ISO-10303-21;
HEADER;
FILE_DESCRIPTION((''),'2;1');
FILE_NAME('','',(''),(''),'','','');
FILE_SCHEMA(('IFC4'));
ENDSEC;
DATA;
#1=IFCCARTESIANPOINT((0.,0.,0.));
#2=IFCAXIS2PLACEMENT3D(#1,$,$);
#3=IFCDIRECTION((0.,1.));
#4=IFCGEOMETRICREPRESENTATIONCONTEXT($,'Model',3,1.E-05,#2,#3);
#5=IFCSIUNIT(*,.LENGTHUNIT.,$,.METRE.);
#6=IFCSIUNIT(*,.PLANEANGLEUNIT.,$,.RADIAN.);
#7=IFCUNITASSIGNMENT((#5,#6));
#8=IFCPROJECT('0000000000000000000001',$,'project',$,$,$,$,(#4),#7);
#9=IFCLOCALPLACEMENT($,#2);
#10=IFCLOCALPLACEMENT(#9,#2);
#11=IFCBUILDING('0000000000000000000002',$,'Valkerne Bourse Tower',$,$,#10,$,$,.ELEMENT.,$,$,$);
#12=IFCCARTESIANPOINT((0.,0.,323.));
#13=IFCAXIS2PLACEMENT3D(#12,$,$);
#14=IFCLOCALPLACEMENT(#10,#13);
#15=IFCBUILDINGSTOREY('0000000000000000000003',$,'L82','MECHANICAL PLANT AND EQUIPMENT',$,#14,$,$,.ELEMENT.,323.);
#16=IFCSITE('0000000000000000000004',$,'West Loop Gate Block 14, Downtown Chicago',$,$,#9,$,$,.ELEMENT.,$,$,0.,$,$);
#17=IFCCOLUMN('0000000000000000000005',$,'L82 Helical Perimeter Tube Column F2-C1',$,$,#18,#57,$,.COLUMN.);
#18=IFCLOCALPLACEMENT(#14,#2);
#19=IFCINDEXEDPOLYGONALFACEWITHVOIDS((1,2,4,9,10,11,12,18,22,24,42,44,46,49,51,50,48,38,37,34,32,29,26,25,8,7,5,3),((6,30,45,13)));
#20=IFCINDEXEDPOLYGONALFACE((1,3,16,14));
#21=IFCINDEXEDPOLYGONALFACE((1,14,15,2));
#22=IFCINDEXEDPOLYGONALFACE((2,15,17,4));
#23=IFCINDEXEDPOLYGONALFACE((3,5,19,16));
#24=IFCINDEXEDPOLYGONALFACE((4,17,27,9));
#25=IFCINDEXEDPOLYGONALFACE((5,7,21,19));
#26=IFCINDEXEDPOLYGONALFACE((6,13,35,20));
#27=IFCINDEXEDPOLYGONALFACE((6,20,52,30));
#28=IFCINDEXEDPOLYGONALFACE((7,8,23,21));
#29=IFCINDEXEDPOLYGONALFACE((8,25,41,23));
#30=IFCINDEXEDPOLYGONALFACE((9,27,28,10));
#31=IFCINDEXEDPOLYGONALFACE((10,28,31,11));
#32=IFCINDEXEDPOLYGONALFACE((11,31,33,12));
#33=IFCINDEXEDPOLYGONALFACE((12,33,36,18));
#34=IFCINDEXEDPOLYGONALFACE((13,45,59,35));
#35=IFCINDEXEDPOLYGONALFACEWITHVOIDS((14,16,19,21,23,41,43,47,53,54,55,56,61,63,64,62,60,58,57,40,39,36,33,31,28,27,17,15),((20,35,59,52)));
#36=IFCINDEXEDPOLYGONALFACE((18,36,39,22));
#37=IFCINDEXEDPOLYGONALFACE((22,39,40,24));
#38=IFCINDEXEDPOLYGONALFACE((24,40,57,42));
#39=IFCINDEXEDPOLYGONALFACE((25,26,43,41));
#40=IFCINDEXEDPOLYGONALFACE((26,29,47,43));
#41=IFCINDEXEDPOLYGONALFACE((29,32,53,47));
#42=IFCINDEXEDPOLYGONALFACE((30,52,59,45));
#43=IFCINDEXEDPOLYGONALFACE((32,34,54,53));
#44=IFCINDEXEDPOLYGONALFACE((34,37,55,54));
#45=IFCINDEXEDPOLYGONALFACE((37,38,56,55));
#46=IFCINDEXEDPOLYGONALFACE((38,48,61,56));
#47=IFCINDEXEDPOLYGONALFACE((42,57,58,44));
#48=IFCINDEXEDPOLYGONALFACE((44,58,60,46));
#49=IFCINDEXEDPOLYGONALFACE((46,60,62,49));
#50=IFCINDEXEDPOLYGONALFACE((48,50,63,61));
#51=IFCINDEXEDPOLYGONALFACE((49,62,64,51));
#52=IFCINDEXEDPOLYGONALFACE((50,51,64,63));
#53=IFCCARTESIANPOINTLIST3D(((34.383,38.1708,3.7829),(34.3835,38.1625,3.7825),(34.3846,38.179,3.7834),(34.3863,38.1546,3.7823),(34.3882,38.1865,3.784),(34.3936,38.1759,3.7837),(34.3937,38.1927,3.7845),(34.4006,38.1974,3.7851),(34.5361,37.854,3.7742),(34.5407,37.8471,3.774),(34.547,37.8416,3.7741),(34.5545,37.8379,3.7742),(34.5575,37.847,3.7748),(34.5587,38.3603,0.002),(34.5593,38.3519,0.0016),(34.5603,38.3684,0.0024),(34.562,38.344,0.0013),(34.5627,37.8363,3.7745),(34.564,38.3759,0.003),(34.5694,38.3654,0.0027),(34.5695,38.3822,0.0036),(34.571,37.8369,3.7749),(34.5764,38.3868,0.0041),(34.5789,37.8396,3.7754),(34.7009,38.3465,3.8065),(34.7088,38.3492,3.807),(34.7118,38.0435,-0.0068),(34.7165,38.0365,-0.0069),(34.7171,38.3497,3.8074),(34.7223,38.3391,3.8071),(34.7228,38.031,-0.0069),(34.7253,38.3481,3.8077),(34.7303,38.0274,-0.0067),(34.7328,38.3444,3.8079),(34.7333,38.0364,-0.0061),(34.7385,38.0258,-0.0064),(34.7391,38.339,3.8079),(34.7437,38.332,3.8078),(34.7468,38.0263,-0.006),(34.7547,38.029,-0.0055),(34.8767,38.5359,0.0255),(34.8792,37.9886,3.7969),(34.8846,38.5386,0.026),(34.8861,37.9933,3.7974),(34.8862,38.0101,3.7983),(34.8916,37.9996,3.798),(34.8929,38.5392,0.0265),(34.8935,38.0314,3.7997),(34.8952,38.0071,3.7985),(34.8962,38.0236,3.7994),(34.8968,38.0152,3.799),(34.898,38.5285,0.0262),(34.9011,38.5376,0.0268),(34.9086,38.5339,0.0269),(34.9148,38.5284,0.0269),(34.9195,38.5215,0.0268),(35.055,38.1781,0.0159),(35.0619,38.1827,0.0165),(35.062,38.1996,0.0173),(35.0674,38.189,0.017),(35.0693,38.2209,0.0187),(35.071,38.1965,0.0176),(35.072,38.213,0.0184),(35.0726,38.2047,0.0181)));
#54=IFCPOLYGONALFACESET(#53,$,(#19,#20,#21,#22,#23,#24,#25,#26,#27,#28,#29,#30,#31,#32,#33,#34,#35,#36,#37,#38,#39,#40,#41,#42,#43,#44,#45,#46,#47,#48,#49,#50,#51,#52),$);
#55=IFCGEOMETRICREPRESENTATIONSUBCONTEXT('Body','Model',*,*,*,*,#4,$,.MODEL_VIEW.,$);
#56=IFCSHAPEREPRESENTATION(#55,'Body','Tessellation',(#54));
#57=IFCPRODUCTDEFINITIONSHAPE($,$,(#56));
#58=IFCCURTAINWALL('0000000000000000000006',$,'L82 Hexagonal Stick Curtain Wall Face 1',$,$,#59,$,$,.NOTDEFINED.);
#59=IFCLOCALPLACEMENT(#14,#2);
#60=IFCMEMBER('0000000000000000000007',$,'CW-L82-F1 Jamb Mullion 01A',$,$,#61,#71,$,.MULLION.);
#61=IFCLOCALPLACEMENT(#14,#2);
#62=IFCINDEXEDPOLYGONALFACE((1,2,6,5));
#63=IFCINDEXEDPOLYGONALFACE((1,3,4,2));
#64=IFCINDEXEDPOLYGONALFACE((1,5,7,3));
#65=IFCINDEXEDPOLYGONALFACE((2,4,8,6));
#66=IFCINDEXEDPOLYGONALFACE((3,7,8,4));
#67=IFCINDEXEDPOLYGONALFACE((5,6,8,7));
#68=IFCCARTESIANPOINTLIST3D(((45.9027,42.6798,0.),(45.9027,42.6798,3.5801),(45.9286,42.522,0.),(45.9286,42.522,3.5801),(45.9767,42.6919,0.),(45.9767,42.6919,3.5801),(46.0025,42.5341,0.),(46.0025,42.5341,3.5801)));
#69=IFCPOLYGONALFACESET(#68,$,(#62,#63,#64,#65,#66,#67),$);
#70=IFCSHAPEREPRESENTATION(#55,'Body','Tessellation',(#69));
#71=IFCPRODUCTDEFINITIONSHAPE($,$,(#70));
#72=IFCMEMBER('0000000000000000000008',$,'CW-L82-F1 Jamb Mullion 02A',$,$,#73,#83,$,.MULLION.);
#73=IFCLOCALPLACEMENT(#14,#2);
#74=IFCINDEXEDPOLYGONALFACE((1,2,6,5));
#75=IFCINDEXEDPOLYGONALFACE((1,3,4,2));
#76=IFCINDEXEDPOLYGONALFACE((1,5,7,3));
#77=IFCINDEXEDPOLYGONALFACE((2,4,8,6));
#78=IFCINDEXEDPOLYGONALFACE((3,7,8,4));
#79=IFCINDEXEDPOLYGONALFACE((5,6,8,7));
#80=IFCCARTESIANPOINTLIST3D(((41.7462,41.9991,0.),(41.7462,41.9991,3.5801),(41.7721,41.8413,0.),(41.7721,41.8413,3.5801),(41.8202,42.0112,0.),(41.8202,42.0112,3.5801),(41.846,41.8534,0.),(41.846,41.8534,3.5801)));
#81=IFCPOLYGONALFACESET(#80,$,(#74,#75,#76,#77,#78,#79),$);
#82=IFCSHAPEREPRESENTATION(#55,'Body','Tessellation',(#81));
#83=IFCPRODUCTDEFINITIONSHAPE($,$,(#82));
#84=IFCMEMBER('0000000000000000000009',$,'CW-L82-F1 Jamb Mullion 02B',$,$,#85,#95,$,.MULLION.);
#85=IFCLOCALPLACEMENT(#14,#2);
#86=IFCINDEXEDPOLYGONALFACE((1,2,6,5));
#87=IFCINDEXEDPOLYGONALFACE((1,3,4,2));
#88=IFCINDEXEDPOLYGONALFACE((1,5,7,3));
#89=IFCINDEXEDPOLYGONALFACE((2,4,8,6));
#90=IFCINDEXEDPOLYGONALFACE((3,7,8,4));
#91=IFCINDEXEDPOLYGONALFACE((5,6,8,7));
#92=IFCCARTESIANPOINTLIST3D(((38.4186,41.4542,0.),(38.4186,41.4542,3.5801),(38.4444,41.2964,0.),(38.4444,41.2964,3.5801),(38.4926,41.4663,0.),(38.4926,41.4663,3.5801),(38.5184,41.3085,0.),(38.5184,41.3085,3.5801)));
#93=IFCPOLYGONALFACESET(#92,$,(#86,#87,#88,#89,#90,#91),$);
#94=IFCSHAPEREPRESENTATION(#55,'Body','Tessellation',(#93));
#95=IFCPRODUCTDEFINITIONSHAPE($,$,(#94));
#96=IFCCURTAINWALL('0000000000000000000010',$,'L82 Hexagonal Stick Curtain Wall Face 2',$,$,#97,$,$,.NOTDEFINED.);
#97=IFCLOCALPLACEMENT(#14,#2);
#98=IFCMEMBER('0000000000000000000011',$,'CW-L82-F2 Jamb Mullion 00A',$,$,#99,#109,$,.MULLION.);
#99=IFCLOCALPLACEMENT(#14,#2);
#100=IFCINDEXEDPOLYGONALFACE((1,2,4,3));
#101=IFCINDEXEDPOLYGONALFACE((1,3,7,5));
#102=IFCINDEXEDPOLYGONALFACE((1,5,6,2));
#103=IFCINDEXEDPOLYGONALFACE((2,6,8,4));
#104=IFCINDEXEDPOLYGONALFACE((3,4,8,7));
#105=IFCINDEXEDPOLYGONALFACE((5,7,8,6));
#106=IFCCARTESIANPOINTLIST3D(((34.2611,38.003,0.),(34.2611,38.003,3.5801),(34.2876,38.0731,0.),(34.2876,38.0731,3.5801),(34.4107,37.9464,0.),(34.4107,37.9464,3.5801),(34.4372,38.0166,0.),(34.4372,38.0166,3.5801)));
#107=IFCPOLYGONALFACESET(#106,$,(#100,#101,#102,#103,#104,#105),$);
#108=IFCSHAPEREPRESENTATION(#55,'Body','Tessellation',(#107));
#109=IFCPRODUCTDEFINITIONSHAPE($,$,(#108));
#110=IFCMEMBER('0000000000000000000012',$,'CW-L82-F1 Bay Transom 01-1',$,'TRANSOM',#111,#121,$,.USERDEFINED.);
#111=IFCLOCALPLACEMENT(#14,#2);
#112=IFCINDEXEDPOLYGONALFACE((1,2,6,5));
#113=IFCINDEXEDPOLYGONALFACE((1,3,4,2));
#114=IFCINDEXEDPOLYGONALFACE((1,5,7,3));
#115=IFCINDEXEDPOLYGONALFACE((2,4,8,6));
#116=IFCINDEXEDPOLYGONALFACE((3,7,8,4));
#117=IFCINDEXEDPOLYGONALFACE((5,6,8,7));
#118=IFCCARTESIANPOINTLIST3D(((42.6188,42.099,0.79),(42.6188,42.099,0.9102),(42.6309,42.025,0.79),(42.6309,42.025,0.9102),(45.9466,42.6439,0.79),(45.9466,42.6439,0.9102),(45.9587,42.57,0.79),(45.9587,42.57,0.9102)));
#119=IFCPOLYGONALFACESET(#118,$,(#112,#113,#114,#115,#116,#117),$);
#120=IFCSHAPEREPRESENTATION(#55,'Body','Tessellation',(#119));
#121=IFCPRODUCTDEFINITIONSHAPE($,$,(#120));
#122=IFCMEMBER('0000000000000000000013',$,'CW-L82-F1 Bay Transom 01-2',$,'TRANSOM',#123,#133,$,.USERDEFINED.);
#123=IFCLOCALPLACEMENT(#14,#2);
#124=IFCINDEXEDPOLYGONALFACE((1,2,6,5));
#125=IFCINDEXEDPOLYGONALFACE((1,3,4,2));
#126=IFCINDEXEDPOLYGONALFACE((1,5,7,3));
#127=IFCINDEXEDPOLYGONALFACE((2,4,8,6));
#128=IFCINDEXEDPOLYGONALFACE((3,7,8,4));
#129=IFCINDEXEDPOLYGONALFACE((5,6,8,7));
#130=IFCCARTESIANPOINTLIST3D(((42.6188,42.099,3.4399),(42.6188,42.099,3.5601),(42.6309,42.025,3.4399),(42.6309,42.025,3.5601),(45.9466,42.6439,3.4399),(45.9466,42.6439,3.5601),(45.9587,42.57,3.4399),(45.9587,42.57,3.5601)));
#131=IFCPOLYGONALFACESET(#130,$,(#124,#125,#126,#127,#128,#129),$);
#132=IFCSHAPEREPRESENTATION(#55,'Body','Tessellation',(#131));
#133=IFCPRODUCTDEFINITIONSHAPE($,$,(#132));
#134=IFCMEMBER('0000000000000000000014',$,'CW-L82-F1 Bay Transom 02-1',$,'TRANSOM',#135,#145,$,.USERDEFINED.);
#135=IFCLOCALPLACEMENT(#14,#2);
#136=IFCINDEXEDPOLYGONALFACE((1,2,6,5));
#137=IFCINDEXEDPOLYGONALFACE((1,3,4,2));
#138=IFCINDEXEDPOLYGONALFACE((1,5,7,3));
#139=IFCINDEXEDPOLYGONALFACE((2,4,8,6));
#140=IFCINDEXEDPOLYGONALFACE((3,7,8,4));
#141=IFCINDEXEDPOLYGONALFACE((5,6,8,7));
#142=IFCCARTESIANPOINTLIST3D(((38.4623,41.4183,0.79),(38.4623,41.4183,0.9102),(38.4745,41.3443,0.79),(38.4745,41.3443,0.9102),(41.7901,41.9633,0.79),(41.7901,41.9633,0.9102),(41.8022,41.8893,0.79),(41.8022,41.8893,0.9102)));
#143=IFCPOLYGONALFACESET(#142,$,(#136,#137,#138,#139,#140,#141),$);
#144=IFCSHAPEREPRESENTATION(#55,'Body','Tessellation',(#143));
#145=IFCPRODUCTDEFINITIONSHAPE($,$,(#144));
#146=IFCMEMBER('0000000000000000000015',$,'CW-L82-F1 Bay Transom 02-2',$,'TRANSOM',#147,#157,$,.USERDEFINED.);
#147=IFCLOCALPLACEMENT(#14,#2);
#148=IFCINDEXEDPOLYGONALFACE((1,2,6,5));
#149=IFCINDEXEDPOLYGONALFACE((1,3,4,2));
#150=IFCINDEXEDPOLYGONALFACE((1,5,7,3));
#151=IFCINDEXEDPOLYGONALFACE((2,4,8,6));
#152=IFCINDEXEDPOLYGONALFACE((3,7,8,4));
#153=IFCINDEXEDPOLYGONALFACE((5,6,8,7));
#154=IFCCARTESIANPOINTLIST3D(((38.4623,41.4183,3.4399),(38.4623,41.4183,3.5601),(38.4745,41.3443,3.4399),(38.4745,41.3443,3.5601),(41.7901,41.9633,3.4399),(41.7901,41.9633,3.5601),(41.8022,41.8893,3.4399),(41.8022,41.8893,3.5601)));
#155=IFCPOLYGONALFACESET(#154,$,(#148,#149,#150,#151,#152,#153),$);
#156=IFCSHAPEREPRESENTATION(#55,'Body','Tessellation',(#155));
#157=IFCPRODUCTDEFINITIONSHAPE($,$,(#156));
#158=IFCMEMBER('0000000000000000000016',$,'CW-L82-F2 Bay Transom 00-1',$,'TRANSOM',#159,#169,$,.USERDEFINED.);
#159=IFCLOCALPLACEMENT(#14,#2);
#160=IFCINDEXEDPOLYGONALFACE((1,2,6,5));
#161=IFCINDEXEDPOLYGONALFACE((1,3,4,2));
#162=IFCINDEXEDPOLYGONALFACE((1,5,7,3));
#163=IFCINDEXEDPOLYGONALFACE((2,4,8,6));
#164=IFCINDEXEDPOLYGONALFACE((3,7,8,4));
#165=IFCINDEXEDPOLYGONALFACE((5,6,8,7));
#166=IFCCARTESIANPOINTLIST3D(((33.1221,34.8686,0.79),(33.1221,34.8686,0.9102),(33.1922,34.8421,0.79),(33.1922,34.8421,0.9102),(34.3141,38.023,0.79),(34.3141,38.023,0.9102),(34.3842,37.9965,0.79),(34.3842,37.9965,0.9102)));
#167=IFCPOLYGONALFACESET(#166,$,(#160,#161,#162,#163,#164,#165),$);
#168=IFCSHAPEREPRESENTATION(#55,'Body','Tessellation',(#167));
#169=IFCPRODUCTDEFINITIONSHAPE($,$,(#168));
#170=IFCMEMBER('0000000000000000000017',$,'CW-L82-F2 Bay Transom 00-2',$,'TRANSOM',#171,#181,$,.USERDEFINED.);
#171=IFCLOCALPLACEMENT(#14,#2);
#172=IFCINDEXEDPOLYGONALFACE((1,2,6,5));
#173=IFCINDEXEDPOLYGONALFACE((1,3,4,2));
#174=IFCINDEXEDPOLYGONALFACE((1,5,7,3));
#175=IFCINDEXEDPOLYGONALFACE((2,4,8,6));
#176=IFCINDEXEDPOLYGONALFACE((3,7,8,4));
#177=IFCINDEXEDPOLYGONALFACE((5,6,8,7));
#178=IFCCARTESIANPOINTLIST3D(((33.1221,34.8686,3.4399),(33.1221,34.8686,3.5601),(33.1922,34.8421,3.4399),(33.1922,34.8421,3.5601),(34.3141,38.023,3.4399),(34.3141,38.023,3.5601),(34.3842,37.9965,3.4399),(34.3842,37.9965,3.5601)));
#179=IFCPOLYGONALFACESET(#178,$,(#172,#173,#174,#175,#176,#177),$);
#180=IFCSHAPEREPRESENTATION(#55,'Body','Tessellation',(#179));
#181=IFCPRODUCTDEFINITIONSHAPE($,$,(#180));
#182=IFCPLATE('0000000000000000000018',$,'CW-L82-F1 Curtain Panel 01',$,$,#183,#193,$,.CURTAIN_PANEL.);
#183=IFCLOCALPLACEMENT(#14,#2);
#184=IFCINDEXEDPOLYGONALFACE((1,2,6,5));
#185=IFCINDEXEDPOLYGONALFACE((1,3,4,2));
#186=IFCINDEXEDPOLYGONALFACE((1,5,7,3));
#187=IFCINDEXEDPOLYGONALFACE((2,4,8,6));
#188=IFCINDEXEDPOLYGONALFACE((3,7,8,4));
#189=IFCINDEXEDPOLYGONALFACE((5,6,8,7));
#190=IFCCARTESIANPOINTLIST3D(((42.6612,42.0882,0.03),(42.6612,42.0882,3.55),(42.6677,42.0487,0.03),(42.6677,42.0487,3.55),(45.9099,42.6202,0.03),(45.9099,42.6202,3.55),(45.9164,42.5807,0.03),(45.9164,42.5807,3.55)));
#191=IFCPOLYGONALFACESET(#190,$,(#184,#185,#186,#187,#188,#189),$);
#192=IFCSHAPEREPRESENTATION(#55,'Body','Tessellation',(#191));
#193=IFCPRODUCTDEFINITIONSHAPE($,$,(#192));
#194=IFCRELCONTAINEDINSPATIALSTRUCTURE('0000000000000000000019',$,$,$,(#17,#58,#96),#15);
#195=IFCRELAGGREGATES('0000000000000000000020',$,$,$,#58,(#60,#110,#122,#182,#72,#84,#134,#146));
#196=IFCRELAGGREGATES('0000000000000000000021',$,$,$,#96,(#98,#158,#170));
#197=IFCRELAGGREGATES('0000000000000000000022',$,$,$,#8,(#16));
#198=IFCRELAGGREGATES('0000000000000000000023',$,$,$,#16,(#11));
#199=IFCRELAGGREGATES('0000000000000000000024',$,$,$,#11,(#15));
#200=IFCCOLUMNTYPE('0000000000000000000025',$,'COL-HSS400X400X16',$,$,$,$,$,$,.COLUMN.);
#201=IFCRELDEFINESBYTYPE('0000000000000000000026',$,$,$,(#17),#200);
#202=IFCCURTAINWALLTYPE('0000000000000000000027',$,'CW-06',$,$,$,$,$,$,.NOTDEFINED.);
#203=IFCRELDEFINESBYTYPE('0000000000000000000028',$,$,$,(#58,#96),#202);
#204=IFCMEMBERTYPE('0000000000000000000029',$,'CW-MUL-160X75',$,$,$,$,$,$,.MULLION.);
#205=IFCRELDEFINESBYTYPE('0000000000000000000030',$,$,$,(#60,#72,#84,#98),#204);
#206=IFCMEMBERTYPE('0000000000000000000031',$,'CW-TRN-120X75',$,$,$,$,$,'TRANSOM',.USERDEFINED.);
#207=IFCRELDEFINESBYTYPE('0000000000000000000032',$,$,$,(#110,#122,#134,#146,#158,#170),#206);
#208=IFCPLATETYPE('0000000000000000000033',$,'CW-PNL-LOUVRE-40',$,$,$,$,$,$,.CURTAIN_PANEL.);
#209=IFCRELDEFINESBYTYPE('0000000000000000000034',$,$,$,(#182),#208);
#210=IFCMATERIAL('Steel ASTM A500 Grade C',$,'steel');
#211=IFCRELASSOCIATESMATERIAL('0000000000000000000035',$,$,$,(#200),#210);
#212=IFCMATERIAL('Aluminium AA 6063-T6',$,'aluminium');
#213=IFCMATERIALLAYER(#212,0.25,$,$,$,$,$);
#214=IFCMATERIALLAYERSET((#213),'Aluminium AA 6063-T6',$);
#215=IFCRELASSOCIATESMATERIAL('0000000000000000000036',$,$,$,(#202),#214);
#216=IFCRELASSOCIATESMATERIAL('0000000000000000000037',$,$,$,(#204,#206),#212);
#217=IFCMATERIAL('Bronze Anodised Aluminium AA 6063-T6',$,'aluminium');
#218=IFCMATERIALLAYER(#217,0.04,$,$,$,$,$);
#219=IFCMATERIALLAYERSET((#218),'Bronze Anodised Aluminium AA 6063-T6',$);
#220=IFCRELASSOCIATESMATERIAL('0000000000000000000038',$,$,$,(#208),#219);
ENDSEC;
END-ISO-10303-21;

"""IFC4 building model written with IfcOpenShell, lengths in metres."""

from ifc_helpers import new_model, si_unit, direction, frame, origin, origin_2d, place, context, subcontext, project, spatial, rectangle, hollow_rectangle, extrude, material, layer, layer_set, material_profile, profile_set, type_object, element, aggregate, save


model = new_model("IFC4")

# Units and contexts
model_context = context("Model", 3, precision=1e-05, world=origin(), true_north=direction((0.0, 1.0)))
body_context = subcontext(model_context, "Body", "Model", "MODEL_VIEW")
ifc_project = project(units=[si_unit("LENGTHUNIT", "METRE"), si_unit("PLANEANGLEUNIT", "RADIAN")], contexts=[model_context])

# Site, building, storey
site_placement = place(None, origin())
site = spatial("IfcSite", under=ifc_project, at=site_placement, Name="West Loop Gate Block 14, Downtown Chicago", CompositionType="ELEMENT", RefElevation=0.0)
building_placement = place(site_placement, origin())
building = spatial("IfcBuilding", under=site, at=building_placement, Name="Valkerne Bourse Tower", CompositionType="ELEMENT")
storey_placement = place(building_placement, frame((0.0, 0.0, 323.0)))
storey = spatial("IfcBuildingStorey", under=building, at=storey_placement, Name="L82", Description="MECHANICAL PLANT AND EQUIPMENT", CompositionType="ELEMENT", Elevation=323.0)

# Column
ifc_material_1 = material(Name="Steel ASTM A500 Grade C", Category="steel")
ifc_material_profile_1 = material_profile(ifc_material_1, hollow_rectangle(XDim=0.3999, YDim=0.3999, WallThickness=0.0161, OuterFilletRadius=0.032, at=origin_2d()), Name="HSS400X400X16")
ifc_profile_set_1 = profile_set([ifc_material_profile_1], Name="Steel ASTM A500 Grade C")
column_type = type_object("IfcColumnType", Name="COL-HSS400X400X16", PredefinedType="COLUMN", material=ifc_profile_set_1)
for number, where, z_axis, x_axis, name in (
    (1, (34.8157, 38.2825, 0.01), (-0.046382, -0.04999, 0.997672), (-0.893891, -0.443723, -0.063791), "L82 Helical Perimeter Tube Column F2-C1"),
):
    element("IfcColumn", number, at=place(storey_placement, frame(where, z_axis=z_axis, x_axis=x_axis)), inside=storey, type_object=column_type, Name=name, PredefinedType="COLUMN", context=body_context, shape_type="SweptSolid", body=[
        extrude(hollow_rectangle(XDim=0.3999, YDim=0.3999, WallThickness=0.0161, OuterFilletRadius=0.032, at=origin_2d()), origin(), (0.0, 0.0, 1.0), 3.7898),
    ])

# Curtain wall, members
ifc_material_2 = material(Name="Aluminium AA 6063-T6", Category="aluminium")
ifc_layer_1 = layer(ifc_material_2, 0.25)
ifc_layer_set_1 = layer_set([ifc_layer_1], Name="Aluminium AA 6063-T6")
curtain_wall_type = type_object("IfcCurtainWallType", Name="CW-06", PredefinedType="NOTDEFINED", material=ifc_layer_set_1)
curtain_wall_1_placement = place(storey_placement, origin())
curtain_wall_1 = element("IfcCurtainWall", 2, at=curtain_wall_1_placement, inside=storey, type_object=curtain_wall_type, Name="L82 Hexagonal Stick Curtain Wall Face 1", PredefinedType="NOTDEFINED")
ifc_material_profile_2 = material_profile(ifc_material_2, rectangle(XDim=0.075, YDim=0.1599, at=origin_2d()), Name="CWM-75X160")
ifc_profile_set_2 = profile_set([ifc_material_profile_2], Name="Aluminium AA 6063-T6")
member_type_1 = type_object("IfcMemberType", Name="CW-MUL-160X75", PredefinedType="MULLION", material=ifc_profile_set_2)
member_1_placement = place(storey_placement, frame((45.9526, 42.6069, 0.0), z_axis=(0.0, 0.0, 1.0), x_axis=(-0.986855, -0.161611, 0.0)))
member_1 = element("IfcMember", 3, at=member_1_placement, type_object=member_type_1, Name="CW-L82-F1 Jamb Mullion 01A", PredefinedType="MULLION", context=body_context, shape_type="SweptSolid", body=[
    extrude(rectangle(XDim=0.075, YDim=0.1599, at=origin_2d()), origin(), (0.0, 0.0, 1.0), 3.5801),
])
member_2_placement = place(storey_placement, frame((41.7961, 41.9263, 0.0), z_axis=(0.0, 0.0, 1.0), x_axis=(-0.986858, -0.161588, 0.0)))
member_2 = element("IfcMember", 4, at=member_2_placement, type_object=member_type_1, Name="CW-L82-F1 Jamb Mullion 02A", PredefinedType="MULLION", context=body_context, shape_type="SweptSolid", body=[
    extrude(rectangle(XDim=0.075, YDim=0.1599, at=origin_2d()), origin(), (0.0, 0.0, 1.0), 3.5801),
])
member_3_placement = place(storey_placement, frame((38.4685, 41.3813, 0.0), z_axis=(0.0, 0.0, 1.0), x_axis=(-0.986858, -0.161588, 0.0)))
member_3 = element("IfcMember", 5, at=member_3_placement, type_object=member_type_1, Name="CW-L82-F1 Jamb Mullion 02B", PredefinedType="MULLION", context=body_context, shape_type="SweptSolid", body=[
    extrude(rectangle(XDim=0.075, YDim=0.1599, at=origin_2d()), origin(), (0.0, 0.0, 1.0), 3.5801),
])

# Curtain wall, member
curtain_wall_2_placement = place(storey_placement, origin())
curtain_wall_2 = element("IfcCurtainWall", 6, at=curtain_wall_2_placement, inside=storey, type_object=curtain_wall_type, Name="L82 Hexagonal Stick Curtain Wall Face 2", PredefinedType="NOTDEFINED")
member_4_placement = place(storey_placement, frame((34.3491, 38.0098, 0.0), z_axis=(0.0, 0.0, 1.0), x_axis=(-0.353487, -0.935439, 0.0)))
member_4 = element("IfcMember", 7, at=member_4_placement, type_object=member_type_1, Name="CW-L82-F2 Jamb Mullion 00A", PredefinedType="MULLION", context=body_context, shape_type="SweptSolid", body=[
    extrude(rectangle(XDim=0.075, YDim=0.1599, at=origin_2d()), origin(), (0.0, 0.0, 1.0), 3.5801),
])

# Members
ifc_material_profile_3 = material_profile(ifc_material_2, rectangle(XDim=0.075, YDim=0.1201, at=origin_2d()), Name="CWT-75X120")
ifc_profile_set_3 = profile_set([ifc_material_profile_3], Name="Aluminium AA 6063-T6")
member_type_2 = type_object("IfcMemberType", Name="CW-TRN-120X75", ElementType="TRANSOM", PredefinedType="USERDEFINED", material=ifc_profile_set_3)
member_5_placement = place(storey_placement, frame((45.9526, 42.6069, 0.8501), z_axis=(-0.986856, -0.161604, 0.0), x_axis=(0.161604, -0.986856, 0.0)))
member_5 = element("IfcMember", 8, at=member_5_placement, type_object=member_type_2, Name="CW-L82-F1 Bay Transom 01-1", ObjectType="TRANSOM", PredefinedType="USERDEFINED", context=body_context, shape_type="SweptSolid", body=[
    extrude(rectangle(XDim=0.075, YDim=0.1201, at=origin_2d()), origin(), (0.0, 0.0, 1.0), 3.3721),
])
member_6_placement = place(storey_placement, frame((45.9526, 42.6069, 3.5), z_axis=(-0.986856, -0.161604, 0.0), x_axis=(0.161604, -0.986856, 0.0)))
member_6 = element("IfcMember", 9, at=member_6_placement, type_object=member_type_2, Name="CW-L82-F1 Bay Transom 01-2", ObjectType="TRANSOM", PredefinedType="USERDEFINED", context=body_context, shape_type="SweptSolid", body=[
    extrude(rectangle(XDim=0.075, YDim=0.1201, at=origin_2d()), origin(), (0.0, 0.0, 1.0), 3.3721),
])
member_7_placement = place(storey_placement, frame((41.7961, 41.9263, 0.8501), z_axis=(-0.986856, -0.161604, 0.0), x_axis=(0.161604, -0.986856, 0.0)))
member_7 = element("IfcMember", 10, at=member_7_placement, type_object=member_type_2, Name="CW-L82-F1 Bay Transom 02-1", ObjectType="TRANSOM", PredefinedType="USERDEFINED", context=body_context, shape_type="SweptSolid", body=[
    extrude(rectangle(XDim=0.075, YDim=0.1201, at=origin_2d()), origin(), (0.0, 0.0, 1.0), 3.3721),
])
member_8_placement = place(storey_placement, frame((41.7961, 41.9263, 3.5), z_axis=(-0.986856, -0.161604, 0.0), x_axis=(0.161604, -0.986856, 0.0)))
member_8 = element("IfcMember", 11, at=member_8_placement, type_object=member_type_2, Name="CW-L82-F1 Bay Transom 02-2", ObjectType="TRANSOM", PredefinedType="USERDEFINED", context=body_context, shape_type="SweptSolid", body=[
    extrude(rectangle(XDim=0.075, YDim=0.1201, at=origin_2d()), origin(), (0.0, 0.0, 1.0), 3.3721),
])
member_9_placement = place(storey_placement, frame((34.3491, 38.0098, 0.8501), z_axis=(-0.353471, -0.935445, 0.0), x_axis=(0.935445, -0.353471, 0.0)))
member_9 = element("IfcMember", 12, at=member_9_placement, type_object=member_type_2, Name="CW-L82-F2 Bay Transom 00-1", ObjectType="TRANSOM", PredefinedType="USERDEFINED", context=body_context, shape_type="SweptSolid", body=[
    extrude(rectangle(XDim=0.075, YDim=0.1201, at=origin_2d()), origin(), (0.0, 0.0, 1.0), 3.3721),
])
member_10_placement = place(storey_placement, frame((34.3491, 38.0098, 3.5), z_axis=(-0.353471, -0.935445, 0.0), x_axis=(0.935445, -0.353471, 0.0)))
member_10 = element("IfcMember", 13, at=member_10_placement, type_object=member_type_2, Name="CW-L82-F2 Bay Transom 00-2", ObjectType="TRANSOM", PredefinedType="USERDEFINED", context=body_context, shape_type="SweptSolid", body=[
    extrude(rectangle(XDim=0.075, YDim=0.1201, at=origin_2d()), origin(), (0.0, 0.0, 1.0), 3.3721),
])

# Plate
ifc_material_3 = material(Name="Bronze Anodised Aluminium AA 6063-T6", Category="aluminium")
ifc_layer_2 = layer(ifc_material_3, 0.04)
ifc_layer_set_2 = layer_set([ifc_layer_2], Name="Bronze Anodised Aluminium AA 6063-T6")
plate_type_1 = type_object("IfcPlateType", Name="CW-PNL-LOUVRE-40", PredefinedType="CURTAIN_PANEL", material=ifc_layer_set_2)
plate_1_placement = place(storey_placement, frame((44.2888, 42.3345, 0.03), z_axis=(0.0, 0.0, 1.0), x_axis=(-0.986855, -0.161611, 0.0)))
plate_1 = element("IfcPlate", 14, at=plate_1_placement, type_object=plate_type_1, Name="CW-L82-F1 Curtain Panel 01", PredefinedType="CURTAIN_PANEL", context=body_context, shape_type="SweptSolid", body=[
    extrude(rectangle(XDim=3.292, YDim=0.04, at=origin_2d()), origin(), (0.0, 0.0, 1.0), 3.52),
])
aggregate(curtain_wall_1, [member_1, member_5, member_6, plate_1, member_2, member_3, member_7, member_8])
aggregate(curtain_wall_2, [member_4, member_9, member_10])

save(model, "model.ifc")
